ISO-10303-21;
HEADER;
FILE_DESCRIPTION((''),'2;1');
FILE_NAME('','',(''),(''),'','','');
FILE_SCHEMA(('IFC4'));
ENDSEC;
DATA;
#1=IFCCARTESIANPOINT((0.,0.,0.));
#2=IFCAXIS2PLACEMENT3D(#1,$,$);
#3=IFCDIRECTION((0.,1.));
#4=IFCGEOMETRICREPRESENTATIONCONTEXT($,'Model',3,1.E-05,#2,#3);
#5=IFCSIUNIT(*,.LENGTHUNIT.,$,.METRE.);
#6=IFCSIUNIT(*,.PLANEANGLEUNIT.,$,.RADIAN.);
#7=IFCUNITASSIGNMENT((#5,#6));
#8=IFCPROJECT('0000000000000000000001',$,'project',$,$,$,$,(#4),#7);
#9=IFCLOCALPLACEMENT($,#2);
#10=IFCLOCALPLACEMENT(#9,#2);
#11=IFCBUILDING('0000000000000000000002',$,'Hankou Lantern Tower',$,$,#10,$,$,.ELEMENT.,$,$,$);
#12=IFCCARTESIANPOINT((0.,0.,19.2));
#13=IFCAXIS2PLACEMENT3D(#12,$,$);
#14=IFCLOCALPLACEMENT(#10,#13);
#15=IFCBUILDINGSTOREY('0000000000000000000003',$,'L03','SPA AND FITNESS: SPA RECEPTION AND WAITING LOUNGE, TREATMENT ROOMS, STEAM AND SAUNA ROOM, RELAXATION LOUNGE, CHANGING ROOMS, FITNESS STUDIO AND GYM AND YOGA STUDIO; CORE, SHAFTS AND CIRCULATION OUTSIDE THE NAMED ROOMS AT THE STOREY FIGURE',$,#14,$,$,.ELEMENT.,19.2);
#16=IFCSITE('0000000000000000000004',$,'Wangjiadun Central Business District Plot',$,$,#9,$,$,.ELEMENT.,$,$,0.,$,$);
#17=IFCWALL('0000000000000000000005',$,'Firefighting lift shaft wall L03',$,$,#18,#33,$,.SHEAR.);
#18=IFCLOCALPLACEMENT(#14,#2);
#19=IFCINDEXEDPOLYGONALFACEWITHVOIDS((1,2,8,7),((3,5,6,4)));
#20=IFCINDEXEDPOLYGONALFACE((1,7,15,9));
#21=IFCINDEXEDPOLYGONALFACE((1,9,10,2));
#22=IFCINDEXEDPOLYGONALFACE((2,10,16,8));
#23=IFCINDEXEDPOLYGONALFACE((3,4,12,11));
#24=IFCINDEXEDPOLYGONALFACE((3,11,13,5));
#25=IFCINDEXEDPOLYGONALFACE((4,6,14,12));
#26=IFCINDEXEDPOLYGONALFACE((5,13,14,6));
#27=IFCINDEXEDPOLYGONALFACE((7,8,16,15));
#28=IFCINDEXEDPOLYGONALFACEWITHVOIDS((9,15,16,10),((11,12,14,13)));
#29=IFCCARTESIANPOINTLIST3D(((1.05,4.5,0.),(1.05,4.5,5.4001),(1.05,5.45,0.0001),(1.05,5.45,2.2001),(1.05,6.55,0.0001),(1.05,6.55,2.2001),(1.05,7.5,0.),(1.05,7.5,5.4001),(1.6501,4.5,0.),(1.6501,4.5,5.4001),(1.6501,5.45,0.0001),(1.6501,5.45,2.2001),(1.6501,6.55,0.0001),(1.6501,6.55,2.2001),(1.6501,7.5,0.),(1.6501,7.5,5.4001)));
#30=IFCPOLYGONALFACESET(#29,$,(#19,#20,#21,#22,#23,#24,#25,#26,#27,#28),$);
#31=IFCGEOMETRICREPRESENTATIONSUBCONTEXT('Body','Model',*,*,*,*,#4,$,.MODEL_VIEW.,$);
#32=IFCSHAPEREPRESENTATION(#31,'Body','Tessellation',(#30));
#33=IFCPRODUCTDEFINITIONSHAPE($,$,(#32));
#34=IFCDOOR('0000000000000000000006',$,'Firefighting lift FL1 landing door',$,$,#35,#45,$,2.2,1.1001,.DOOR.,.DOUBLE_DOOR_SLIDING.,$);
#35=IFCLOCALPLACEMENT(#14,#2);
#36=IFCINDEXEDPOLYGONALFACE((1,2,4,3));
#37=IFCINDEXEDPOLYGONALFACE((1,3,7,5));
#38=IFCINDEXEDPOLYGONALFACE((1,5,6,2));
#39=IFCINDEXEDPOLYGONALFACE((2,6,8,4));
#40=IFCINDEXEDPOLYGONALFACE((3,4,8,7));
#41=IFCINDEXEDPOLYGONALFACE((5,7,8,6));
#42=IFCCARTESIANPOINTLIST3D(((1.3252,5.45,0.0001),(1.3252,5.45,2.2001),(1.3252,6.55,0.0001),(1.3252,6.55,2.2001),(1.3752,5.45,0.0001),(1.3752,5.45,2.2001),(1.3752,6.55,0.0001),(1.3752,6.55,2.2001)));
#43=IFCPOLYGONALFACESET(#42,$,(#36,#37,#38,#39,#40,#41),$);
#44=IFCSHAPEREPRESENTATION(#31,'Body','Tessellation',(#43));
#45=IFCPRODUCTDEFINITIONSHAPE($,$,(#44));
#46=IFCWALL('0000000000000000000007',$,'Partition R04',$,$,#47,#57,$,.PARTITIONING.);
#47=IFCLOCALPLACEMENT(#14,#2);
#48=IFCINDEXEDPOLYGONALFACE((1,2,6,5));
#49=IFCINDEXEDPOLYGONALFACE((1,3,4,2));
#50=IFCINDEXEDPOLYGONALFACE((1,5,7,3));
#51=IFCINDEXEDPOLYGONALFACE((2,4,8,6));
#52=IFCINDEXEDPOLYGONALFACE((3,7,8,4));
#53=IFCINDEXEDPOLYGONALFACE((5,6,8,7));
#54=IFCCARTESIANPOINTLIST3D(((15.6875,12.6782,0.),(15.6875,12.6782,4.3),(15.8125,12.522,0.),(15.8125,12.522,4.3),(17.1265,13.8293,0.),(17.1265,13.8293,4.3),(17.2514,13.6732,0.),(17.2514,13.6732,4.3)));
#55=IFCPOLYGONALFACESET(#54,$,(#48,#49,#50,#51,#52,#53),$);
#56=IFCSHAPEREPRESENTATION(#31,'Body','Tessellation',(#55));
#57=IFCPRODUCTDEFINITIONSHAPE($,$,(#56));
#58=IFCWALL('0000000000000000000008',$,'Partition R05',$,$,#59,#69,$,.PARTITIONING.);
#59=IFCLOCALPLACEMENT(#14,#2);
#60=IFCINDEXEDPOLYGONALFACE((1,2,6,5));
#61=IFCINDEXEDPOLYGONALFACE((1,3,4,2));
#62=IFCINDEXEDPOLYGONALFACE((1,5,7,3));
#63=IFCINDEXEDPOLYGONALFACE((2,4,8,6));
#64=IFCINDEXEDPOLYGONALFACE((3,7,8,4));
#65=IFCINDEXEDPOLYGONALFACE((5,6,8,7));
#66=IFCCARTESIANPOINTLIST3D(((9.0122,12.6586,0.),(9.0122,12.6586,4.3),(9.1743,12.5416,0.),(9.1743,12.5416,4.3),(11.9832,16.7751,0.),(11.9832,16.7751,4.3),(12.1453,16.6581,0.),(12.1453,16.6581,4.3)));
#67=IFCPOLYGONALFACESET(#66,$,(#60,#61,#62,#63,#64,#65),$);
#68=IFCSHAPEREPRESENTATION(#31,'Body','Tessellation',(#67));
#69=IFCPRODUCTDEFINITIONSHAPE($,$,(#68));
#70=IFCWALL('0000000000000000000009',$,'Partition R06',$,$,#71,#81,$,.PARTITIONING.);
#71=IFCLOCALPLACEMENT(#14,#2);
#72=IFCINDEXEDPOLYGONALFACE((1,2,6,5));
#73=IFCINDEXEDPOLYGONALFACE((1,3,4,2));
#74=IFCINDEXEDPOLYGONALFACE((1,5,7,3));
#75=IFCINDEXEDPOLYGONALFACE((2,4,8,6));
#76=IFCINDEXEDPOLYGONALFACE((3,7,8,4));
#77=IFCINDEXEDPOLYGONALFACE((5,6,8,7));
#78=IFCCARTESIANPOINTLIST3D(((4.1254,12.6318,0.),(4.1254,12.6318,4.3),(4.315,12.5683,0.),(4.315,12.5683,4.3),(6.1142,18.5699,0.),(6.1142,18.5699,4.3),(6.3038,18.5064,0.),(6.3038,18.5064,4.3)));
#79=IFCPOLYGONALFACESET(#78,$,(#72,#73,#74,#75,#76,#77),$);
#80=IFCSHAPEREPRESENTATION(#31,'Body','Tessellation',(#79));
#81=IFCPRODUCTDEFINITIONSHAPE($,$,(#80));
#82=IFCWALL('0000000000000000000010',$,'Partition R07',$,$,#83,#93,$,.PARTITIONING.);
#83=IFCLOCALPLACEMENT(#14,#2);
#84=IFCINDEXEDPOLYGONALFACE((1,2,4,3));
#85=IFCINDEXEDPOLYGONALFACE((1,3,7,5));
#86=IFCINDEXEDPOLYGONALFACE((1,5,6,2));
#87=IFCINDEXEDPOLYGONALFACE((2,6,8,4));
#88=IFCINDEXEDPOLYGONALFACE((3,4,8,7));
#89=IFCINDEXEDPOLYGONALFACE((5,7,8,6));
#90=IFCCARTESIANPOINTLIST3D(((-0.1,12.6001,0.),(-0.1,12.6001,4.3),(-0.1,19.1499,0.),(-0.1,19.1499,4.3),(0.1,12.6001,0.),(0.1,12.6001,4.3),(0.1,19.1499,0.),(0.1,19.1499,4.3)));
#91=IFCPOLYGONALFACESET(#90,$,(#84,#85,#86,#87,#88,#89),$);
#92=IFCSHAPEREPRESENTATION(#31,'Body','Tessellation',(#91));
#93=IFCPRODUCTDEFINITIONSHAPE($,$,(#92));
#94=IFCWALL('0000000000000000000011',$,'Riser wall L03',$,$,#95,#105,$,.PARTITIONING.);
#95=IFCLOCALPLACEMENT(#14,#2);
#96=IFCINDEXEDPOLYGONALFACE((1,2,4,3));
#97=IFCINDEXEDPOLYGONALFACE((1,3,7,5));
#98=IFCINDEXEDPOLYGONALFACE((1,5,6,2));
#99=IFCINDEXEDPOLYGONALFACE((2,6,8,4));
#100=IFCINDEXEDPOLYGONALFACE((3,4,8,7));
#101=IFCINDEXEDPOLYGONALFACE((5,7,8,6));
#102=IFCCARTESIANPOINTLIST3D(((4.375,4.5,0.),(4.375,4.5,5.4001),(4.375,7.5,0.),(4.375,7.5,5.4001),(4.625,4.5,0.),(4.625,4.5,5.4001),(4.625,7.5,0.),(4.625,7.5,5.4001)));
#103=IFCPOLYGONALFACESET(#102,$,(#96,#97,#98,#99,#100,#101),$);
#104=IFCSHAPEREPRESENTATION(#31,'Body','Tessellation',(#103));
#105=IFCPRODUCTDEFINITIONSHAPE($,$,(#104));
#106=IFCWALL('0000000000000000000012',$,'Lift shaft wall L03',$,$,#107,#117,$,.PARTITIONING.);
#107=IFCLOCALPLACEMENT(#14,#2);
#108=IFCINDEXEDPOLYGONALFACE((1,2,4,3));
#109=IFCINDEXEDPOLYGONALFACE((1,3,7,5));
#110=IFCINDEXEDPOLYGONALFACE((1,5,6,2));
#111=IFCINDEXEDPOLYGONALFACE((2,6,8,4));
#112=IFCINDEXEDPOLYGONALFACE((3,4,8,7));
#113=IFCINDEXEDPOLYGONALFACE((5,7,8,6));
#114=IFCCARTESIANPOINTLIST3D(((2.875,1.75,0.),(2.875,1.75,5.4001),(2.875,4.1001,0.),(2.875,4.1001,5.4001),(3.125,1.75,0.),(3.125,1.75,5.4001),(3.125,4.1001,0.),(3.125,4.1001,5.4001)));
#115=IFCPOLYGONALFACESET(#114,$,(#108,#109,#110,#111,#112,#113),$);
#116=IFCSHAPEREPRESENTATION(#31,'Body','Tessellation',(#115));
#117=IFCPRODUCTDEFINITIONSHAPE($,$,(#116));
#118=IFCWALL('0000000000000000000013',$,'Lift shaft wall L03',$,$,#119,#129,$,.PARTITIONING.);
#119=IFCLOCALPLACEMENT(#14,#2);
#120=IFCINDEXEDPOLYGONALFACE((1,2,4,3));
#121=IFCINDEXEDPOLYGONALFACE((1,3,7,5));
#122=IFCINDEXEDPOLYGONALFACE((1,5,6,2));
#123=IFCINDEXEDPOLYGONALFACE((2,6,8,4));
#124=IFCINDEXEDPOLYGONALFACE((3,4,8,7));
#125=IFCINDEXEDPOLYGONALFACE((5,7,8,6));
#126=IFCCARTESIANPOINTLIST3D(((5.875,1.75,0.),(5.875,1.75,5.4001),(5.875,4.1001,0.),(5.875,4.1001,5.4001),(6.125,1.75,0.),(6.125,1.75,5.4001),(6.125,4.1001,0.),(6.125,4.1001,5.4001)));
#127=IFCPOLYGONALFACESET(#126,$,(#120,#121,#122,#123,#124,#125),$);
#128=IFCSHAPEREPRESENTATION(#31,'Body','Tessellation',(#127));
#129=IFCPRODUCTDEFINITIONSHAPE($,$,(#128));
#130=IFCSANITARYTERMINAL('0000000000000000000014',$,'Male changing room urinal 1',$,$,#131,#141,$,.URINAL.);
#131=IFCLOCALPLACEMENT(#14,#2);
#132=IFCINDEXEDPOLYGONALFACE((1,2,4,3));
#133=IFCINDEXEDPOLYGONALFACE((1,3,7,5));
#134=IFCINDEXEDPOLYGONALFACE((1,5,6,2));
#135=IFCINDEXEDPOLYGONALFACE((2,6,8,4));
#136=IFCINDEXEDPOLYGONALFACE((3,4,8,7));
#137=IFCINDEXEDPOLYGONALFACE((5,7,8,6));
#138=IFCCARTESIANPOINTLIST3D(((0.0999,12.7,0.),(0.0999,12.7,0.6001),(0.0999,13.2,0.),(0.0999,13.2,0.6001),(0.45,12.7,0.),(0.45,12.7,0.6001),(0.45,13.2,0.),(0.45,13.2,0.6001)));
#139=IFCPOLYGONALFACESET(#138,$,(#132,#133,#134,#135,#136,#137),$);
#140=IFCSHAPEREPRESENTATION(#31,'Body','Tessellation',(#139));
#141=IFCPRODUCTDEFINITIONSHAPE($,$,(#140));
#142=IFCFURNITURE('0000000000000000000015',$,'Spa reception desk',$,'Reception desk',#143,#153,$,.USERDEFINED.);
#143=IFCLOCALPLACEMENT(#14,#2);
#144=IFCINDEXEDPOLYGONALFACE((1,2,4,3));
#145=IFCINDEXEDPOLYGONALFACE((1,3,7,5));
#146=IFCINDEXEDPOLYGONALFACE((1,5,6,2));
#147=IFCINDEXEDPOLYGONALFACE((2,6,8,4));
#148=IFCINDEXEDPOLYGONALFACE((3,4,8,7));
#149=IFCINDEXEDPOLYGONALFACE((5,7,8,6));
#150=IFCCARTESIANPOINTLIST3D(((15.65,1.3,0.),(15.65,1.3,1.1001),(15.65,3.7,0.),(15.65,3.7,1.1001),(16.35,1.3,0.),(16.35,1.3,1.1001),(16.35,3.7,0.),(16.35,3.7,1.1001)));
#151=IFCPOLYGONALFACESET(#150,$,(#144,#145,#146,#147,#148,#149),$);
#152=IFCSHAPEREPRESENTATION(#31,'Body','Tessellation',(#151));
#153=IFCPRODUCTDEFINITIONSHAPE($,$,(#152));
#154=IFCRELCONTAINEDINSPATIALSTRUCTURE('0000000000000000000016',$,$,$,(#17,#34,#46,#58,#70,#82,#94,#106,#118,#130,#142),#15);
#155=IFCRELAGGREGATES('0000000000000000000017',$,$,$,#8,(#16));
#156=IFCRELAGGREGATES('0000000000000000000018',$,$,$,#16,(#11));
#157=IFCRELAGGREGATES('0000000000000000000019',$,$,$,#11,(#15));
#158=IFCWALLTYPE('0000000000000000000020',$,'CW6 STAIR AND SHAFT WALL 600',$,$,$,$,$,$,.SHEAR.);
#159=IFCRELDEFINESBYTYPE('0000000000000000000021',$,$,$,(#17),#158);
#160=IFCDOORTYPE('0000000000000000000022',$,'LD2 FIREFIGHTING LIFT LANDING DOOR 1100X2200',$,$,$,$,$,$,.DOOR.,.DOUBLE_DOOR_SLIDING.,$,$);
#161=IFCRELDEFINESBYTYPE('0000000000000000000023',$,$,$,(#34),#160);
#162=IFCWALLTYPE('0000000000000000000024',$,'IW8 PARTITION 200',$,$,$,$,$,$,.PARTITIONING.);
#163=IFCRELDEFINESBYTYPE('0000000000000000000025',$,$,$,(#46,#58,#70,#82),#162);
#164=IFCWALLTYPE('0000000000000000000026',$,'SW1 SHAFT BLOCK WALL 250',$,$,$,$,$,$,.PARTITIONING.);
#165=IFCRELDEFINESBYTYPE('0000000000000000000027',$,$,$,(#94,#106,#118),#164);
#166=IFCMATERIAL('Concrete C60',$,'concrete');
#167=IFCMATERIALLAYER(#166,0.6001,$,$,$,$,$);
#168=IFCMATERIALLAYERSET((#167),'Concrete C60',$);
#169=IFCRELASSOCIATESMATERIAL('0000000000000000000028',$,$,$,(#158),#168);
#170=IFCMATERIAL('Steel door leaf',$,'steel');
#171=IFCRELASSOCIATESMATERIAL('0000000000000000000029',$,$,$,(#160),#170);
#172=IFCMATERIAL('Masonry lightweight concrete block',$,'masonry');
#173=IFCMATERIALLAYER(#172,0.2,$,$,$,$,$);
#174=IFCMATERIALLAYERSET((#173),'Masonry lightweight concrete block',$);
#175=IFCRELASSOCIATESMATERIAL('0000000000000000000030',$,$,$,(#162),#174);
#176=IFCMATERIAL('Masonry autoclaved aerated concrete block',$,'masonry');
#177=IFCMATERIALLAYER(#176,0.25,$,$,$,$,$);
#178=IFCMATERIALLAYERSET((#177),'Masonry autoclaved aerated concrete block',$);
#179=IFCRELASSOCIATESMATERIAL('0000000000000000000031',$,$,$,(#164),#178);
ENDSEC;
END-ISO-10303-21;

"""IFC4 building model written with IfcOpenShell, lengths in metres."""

from ifc_helpers import new_model, si_unit, direction, frame, frame_2d, origin, origin_2d, place, context, subcontext, project, spatial, rectangle, extrude, material, layer, layer_set, type_object, element, fill, save


model = new_model("IFC4")

# Units and contexts
model_context = context("Model", 3, precision=1e-05, world=origin(), true_north=direction((0.0, 1.0)))
body_context = subcontext(model_context, "Body", "Model", "MODEL_VIEW")
ifc_project = project(units=[si_unit("LENGTHUNIT", "METRE"), si_unit("PLANEANGLEUNIT", "RADIAN")], contexts=[model_context])

# Site, building, storey
site_placement = place(None, origin())
site = spatial("IfcSite", under=ifc_project, at=site_placement, Name="Wangjiadun Central Business District Plot", CompositionType="ELEMENT", RefElevation=0.0)
building_placement = place(site_placement, origin())
building = spatial("IfcBuilding", under=site, at=building_placement, Name="Hankou Lantern Tower", CompositionType="ELEMENT")
storey_placement = place(building_placement, frame((0.0, 0.0, 19.2)))
storey = spatial("IfcBuildingStorey", under=building, at=storey_placement, Name="L03", Description="SPA AND FITNESS: SPA RECEPTION AND WAITING LOUNGE, TREATMENT ROOMS, STEAM AND SAUNA ROOM, RELAXATION LOUNGE, CHANGING ROOMS, FITNESS STUDIO AND GYM AND YOGA STUDIO; CORE, SHAFTS AND CIRCULATION OUTSIDE THE NAMED ROOMS AT THE STOREY FIGURE", CompositionType="ELEMENT", Elevation=19.2)

# Wall, opening, door
ifc_material_1 = material(Name="Concrete C60", Category="concrete")
ifc_layer_1 = layer(ifc_material_1, 0.6001)
ifc_layer_set_1 = layer_set([ifc_layer_1], Name="Concrete C60")
wall_type_1 = type_object("IfcWallType", Name="CW6 STAIR AND SHAFT WALL 600", PredefinedType="SHEAR", material=ifc_layer_set_1)
wall_1_placement = place(storey_placement, frame((1.3501, 4.5, 0.0), z_axis=(0.0, 0.0, 1.0), x_axis=(0.0, 1.0, 0.0)))
wall_1 = element("IfcWall", 1, at=wall_1_placement, inside=storey, type_object=wall_type_1, Name="Firefighting lift shaft wall L03", PredefinedType="SHEAR", context=body_context, shape_type="SweptSolid", body=[
    extrude(rectangle(XDim=3.0, YDim=0.6001, at=frame_2d((1.5, 0.0))), origin(), (0.0, 0.0, 1.0), 5.4001),
])
opening_placement = place(wall_1_placement, frame((0.95, 0.0, 0.0)))
opening = element("IfcOpeningElement", 2, at=opening_placement, cuts=wall_1, PredefinedType="OPENING", context=body_context, shape_type="SweptSolid", body=[
    extrude(rectangle(XDim=1.1001, YDim=2.2, at=frame_2d((0.55, 1.1001))), frame((0.0, 0.3101, 0.0), z_axis=(0.0, -1.0, 0.0), x_axis=(1.0, 0.0, 0.0)), (0.0, 0.0, 1.0), 0.6201),
])
ifc_material_2 = material(Name="Steel door leaf", Category="steel")
door_type = type_object("IfcDoorType", Name="LD2 FIREFIGHTING LIFT LANDING DOOR 1100X2200", OperationType="DOUBLE_DOOR_SLIDING", PredefinedType="DOOR", material=ifc_material_2)
door_placement = place(opening_placement, origin())
door = element("IfcDoor", 3, at=door_placement, inside=storey, type_object=door_type, Name="Firefighting lift FL1 landing door", OperationType="DOUBLE_DOOR_SLIDING", OverallHeight=2.2, OverallWidth=1.1001, PredefinedType="DOOR", context=body_context, shape_type="SweptSolid", body=[
    extrude(rectangle(XDim=1.1001, YDim=2.2, at=frame_2d((0.55, 1.1001))), frame((0.0, 0.0249, 0.0), z_axis=(0.0, -1.0, 0.0), x_axis=(1.0, 0.0, 0.0)), (0.0, 0.0, 1.0), 0.05),
])
fill(opening, door)

# Walls
ifc_material_3 = material(Name="Masonry lightweight concrete block", Category="masonry")
ifc_layer_2 = layer(ifc_material_3, 0.2)
ifc_layer_set_2 = layer_set([ifc_layer_2], Name="Masonry lightweight concrete block")
wall_type_2 = type_object("IfcWallType", Name="IW8 PARTITION 200", PredefinedType="PARTITIONING", material=ifc_layer_set_2)
wall_2_placement = place(storey_placement, frame((15.75, 12.6001, 0.0), z_axis=(0.0, 0.0, 1.0), x_axis=(0.780882, 0.624679, 0.0)))
element("IfcWall", 4, at=wall_2_placement, inside=storey, type_object=wall_type_2, Name="Partition R04", PredefinedType="PARTITIONING", context=body_context, shape_type="SweptSolid", body=[
    extrude(rectangle(XDim=1.8428, YDim=0.2, at=frame_2d((0.9214, 0.0))), origin(), (0.0, 0.0, 1.0), 4.3),
])
wall_3_placement = place(storey_placement, frame((9.0933, 12.6001, 0.0), z_axis=(0.0, 0.0, 1.0), x_axis=(0.585225, 0.810871, 0.0)))
element("IfcWall", 5, at=wall_3_placement, inside=storey, type_object=wall_type_2, Name="Partition R05", PredefinedType="PARTITIONING", context=body_context, shape_type="SweptSolid", body=[
    extrude(rectangle(XDim=5.0767, YDim=0.2, at=frame_2d((2.5383, 0.0))), origin(), (0.0, 0.0, 1.0), 4.3),
])
wall_4_placement = place(storey_placement, frame((4.2202, 12.6001, 0.0), z_axis=(0.0, 0.0, 1.0), x_axis=(0.317584, 0.94823, 0.0)))
element("IfcWall", 6, at=wall_4_placement, inside=storey, type_object=wall_type_2, Name="Partition R06", PredefinedType="PARTITIONING", context=body_context, shape_type="SweptSolid", body=[
    extrude(rectangle(XDim=6.2622, YDim=0.2, at=frame_2d((3.1311, 0.0))), origin(), (0.0, 0.0, 1.0), 4.3),
])
wall_5_placement = place(storey_placement, frame((0.0, 12.6001, 0.0), z_axis=(0.0, 0.0, 1.0), x_axis=(0.0, 1.0, 0.0)))
element("IfcWall", 7, at=wall_5_placement, inside=storey, type_object=wall_type_2, Name="Partition R07", PredefinedType="PARTITIONING", context=body_context, shape_type="SweptSolid", body=[
    extrude(rectangle(XDim=6.5498, YDim=0.2, at=frame_2d((3.2749, 0.0))), origin(), (0.0, 0.0, 1.0), 4.3),
])
ifc_material_4 = material(Name="Masonry autoclaved aerated concrete block", Category="masonry")
ifc_layer_3 = layer(ifc_material_4, 0.25)
ifc_layer_set_3 = layer_set([ifc_layer_3], Name="Masonry autoclaved aerated concrete block")
wall_type_3 = type_object("IfcWallType", Name="SW1 SHAFT BLOCK WALL 250", PredefinedType="PARTITIONING", material=ifc_layer_set_3)
wall_6_placement = place(storey_placement, frame((4.5, 4.5, 0.0), z_axis=(0.0, 0.0, 1.0), x_axis=(0.0, 1.0, 0.0)))
element("IfcWall", 8, at=wall_6_placement, inside=storey, type_object=wall_type_3, Name="Riser wall L03", PredefinedType="PARTITIONING", context=body_context, shape_type="SweptSolid", body=[
    extrude(rectangle(XDim=3.0, YDim=0.25, at=frame_2d((1.5, 0.0))), origin(), (0.0, 0.0, 1.0), 5.4001),
])
for number, where, z_axis, x_axis, name in (
    (9, (3.0, 1.75, 0.0), (0.0, 0.0, 1.0), (0.0, 1.0, 0.0), "Lift shaft wall L03"),
    (10, (6.0, 1.75, 0.0), (0.0, 0.0, 1.0), (0.0, 1.0, 0.0), "Lift shaft wall L03"),
):
    element("IfcWall", number, at=place(storey_placement, frame(where, z_axis=z_axis, x_axis=x_axis)), inside=storey, type_object=wall_type_3, Name=name, PredefinedType="PARTITIONING", context=body_context, shape_type="SweptSolid", body=[
        extrude(rectangle(XDim=2.3501, YDim=0.25, at=frame_2d((1.175, 0.0))), origin(), (0.0, 0.0, 1.0), 5.4001),
    ])

# Sanitary terminal
sanitary_terminal_placement = place(storey_placement, frame((0.2749, 12.95, 0.0), z_axis=(0.0, 0.0, 1.0), x_axis=(0.0, 1.0, 0.0)))
element("IfcSanitaryTerminal", 11, at=sanitary_terminal_placement, inside=storey, Name="Male changing room urinal 1", PredefinedType="URINAL", context=body_context, shape_type="SweptSolid", body=[
    extrude(rectangle(XDim=0.5, YDim=0.3501, at=origin_2d()), origin(), (0.0, 0.0, 1.0), 0.6001),
])

# Furniture
furniture_placement = place(storey_placement, frame((16.0, 2.5, 0.0), z_axis=(0.0, 0.0, 1.0), x_axis=(0.0, 1.0, 0.0)))
element("IfcFurniture", 12, at=furniture_placement, inside=storey, Name="Spa reception desk", ObjectType="Reception desk", PredefinedType="USERDEFINED", context=body_context, shape_type="SweptSolid", body=[
    extrude(rectangle(XDim=2.3999, YDim=0.7, at=origin_2d()), origin(), (0.0, 0.0, 1.0), 1.1001),
])

save(model, "model.ifc")
